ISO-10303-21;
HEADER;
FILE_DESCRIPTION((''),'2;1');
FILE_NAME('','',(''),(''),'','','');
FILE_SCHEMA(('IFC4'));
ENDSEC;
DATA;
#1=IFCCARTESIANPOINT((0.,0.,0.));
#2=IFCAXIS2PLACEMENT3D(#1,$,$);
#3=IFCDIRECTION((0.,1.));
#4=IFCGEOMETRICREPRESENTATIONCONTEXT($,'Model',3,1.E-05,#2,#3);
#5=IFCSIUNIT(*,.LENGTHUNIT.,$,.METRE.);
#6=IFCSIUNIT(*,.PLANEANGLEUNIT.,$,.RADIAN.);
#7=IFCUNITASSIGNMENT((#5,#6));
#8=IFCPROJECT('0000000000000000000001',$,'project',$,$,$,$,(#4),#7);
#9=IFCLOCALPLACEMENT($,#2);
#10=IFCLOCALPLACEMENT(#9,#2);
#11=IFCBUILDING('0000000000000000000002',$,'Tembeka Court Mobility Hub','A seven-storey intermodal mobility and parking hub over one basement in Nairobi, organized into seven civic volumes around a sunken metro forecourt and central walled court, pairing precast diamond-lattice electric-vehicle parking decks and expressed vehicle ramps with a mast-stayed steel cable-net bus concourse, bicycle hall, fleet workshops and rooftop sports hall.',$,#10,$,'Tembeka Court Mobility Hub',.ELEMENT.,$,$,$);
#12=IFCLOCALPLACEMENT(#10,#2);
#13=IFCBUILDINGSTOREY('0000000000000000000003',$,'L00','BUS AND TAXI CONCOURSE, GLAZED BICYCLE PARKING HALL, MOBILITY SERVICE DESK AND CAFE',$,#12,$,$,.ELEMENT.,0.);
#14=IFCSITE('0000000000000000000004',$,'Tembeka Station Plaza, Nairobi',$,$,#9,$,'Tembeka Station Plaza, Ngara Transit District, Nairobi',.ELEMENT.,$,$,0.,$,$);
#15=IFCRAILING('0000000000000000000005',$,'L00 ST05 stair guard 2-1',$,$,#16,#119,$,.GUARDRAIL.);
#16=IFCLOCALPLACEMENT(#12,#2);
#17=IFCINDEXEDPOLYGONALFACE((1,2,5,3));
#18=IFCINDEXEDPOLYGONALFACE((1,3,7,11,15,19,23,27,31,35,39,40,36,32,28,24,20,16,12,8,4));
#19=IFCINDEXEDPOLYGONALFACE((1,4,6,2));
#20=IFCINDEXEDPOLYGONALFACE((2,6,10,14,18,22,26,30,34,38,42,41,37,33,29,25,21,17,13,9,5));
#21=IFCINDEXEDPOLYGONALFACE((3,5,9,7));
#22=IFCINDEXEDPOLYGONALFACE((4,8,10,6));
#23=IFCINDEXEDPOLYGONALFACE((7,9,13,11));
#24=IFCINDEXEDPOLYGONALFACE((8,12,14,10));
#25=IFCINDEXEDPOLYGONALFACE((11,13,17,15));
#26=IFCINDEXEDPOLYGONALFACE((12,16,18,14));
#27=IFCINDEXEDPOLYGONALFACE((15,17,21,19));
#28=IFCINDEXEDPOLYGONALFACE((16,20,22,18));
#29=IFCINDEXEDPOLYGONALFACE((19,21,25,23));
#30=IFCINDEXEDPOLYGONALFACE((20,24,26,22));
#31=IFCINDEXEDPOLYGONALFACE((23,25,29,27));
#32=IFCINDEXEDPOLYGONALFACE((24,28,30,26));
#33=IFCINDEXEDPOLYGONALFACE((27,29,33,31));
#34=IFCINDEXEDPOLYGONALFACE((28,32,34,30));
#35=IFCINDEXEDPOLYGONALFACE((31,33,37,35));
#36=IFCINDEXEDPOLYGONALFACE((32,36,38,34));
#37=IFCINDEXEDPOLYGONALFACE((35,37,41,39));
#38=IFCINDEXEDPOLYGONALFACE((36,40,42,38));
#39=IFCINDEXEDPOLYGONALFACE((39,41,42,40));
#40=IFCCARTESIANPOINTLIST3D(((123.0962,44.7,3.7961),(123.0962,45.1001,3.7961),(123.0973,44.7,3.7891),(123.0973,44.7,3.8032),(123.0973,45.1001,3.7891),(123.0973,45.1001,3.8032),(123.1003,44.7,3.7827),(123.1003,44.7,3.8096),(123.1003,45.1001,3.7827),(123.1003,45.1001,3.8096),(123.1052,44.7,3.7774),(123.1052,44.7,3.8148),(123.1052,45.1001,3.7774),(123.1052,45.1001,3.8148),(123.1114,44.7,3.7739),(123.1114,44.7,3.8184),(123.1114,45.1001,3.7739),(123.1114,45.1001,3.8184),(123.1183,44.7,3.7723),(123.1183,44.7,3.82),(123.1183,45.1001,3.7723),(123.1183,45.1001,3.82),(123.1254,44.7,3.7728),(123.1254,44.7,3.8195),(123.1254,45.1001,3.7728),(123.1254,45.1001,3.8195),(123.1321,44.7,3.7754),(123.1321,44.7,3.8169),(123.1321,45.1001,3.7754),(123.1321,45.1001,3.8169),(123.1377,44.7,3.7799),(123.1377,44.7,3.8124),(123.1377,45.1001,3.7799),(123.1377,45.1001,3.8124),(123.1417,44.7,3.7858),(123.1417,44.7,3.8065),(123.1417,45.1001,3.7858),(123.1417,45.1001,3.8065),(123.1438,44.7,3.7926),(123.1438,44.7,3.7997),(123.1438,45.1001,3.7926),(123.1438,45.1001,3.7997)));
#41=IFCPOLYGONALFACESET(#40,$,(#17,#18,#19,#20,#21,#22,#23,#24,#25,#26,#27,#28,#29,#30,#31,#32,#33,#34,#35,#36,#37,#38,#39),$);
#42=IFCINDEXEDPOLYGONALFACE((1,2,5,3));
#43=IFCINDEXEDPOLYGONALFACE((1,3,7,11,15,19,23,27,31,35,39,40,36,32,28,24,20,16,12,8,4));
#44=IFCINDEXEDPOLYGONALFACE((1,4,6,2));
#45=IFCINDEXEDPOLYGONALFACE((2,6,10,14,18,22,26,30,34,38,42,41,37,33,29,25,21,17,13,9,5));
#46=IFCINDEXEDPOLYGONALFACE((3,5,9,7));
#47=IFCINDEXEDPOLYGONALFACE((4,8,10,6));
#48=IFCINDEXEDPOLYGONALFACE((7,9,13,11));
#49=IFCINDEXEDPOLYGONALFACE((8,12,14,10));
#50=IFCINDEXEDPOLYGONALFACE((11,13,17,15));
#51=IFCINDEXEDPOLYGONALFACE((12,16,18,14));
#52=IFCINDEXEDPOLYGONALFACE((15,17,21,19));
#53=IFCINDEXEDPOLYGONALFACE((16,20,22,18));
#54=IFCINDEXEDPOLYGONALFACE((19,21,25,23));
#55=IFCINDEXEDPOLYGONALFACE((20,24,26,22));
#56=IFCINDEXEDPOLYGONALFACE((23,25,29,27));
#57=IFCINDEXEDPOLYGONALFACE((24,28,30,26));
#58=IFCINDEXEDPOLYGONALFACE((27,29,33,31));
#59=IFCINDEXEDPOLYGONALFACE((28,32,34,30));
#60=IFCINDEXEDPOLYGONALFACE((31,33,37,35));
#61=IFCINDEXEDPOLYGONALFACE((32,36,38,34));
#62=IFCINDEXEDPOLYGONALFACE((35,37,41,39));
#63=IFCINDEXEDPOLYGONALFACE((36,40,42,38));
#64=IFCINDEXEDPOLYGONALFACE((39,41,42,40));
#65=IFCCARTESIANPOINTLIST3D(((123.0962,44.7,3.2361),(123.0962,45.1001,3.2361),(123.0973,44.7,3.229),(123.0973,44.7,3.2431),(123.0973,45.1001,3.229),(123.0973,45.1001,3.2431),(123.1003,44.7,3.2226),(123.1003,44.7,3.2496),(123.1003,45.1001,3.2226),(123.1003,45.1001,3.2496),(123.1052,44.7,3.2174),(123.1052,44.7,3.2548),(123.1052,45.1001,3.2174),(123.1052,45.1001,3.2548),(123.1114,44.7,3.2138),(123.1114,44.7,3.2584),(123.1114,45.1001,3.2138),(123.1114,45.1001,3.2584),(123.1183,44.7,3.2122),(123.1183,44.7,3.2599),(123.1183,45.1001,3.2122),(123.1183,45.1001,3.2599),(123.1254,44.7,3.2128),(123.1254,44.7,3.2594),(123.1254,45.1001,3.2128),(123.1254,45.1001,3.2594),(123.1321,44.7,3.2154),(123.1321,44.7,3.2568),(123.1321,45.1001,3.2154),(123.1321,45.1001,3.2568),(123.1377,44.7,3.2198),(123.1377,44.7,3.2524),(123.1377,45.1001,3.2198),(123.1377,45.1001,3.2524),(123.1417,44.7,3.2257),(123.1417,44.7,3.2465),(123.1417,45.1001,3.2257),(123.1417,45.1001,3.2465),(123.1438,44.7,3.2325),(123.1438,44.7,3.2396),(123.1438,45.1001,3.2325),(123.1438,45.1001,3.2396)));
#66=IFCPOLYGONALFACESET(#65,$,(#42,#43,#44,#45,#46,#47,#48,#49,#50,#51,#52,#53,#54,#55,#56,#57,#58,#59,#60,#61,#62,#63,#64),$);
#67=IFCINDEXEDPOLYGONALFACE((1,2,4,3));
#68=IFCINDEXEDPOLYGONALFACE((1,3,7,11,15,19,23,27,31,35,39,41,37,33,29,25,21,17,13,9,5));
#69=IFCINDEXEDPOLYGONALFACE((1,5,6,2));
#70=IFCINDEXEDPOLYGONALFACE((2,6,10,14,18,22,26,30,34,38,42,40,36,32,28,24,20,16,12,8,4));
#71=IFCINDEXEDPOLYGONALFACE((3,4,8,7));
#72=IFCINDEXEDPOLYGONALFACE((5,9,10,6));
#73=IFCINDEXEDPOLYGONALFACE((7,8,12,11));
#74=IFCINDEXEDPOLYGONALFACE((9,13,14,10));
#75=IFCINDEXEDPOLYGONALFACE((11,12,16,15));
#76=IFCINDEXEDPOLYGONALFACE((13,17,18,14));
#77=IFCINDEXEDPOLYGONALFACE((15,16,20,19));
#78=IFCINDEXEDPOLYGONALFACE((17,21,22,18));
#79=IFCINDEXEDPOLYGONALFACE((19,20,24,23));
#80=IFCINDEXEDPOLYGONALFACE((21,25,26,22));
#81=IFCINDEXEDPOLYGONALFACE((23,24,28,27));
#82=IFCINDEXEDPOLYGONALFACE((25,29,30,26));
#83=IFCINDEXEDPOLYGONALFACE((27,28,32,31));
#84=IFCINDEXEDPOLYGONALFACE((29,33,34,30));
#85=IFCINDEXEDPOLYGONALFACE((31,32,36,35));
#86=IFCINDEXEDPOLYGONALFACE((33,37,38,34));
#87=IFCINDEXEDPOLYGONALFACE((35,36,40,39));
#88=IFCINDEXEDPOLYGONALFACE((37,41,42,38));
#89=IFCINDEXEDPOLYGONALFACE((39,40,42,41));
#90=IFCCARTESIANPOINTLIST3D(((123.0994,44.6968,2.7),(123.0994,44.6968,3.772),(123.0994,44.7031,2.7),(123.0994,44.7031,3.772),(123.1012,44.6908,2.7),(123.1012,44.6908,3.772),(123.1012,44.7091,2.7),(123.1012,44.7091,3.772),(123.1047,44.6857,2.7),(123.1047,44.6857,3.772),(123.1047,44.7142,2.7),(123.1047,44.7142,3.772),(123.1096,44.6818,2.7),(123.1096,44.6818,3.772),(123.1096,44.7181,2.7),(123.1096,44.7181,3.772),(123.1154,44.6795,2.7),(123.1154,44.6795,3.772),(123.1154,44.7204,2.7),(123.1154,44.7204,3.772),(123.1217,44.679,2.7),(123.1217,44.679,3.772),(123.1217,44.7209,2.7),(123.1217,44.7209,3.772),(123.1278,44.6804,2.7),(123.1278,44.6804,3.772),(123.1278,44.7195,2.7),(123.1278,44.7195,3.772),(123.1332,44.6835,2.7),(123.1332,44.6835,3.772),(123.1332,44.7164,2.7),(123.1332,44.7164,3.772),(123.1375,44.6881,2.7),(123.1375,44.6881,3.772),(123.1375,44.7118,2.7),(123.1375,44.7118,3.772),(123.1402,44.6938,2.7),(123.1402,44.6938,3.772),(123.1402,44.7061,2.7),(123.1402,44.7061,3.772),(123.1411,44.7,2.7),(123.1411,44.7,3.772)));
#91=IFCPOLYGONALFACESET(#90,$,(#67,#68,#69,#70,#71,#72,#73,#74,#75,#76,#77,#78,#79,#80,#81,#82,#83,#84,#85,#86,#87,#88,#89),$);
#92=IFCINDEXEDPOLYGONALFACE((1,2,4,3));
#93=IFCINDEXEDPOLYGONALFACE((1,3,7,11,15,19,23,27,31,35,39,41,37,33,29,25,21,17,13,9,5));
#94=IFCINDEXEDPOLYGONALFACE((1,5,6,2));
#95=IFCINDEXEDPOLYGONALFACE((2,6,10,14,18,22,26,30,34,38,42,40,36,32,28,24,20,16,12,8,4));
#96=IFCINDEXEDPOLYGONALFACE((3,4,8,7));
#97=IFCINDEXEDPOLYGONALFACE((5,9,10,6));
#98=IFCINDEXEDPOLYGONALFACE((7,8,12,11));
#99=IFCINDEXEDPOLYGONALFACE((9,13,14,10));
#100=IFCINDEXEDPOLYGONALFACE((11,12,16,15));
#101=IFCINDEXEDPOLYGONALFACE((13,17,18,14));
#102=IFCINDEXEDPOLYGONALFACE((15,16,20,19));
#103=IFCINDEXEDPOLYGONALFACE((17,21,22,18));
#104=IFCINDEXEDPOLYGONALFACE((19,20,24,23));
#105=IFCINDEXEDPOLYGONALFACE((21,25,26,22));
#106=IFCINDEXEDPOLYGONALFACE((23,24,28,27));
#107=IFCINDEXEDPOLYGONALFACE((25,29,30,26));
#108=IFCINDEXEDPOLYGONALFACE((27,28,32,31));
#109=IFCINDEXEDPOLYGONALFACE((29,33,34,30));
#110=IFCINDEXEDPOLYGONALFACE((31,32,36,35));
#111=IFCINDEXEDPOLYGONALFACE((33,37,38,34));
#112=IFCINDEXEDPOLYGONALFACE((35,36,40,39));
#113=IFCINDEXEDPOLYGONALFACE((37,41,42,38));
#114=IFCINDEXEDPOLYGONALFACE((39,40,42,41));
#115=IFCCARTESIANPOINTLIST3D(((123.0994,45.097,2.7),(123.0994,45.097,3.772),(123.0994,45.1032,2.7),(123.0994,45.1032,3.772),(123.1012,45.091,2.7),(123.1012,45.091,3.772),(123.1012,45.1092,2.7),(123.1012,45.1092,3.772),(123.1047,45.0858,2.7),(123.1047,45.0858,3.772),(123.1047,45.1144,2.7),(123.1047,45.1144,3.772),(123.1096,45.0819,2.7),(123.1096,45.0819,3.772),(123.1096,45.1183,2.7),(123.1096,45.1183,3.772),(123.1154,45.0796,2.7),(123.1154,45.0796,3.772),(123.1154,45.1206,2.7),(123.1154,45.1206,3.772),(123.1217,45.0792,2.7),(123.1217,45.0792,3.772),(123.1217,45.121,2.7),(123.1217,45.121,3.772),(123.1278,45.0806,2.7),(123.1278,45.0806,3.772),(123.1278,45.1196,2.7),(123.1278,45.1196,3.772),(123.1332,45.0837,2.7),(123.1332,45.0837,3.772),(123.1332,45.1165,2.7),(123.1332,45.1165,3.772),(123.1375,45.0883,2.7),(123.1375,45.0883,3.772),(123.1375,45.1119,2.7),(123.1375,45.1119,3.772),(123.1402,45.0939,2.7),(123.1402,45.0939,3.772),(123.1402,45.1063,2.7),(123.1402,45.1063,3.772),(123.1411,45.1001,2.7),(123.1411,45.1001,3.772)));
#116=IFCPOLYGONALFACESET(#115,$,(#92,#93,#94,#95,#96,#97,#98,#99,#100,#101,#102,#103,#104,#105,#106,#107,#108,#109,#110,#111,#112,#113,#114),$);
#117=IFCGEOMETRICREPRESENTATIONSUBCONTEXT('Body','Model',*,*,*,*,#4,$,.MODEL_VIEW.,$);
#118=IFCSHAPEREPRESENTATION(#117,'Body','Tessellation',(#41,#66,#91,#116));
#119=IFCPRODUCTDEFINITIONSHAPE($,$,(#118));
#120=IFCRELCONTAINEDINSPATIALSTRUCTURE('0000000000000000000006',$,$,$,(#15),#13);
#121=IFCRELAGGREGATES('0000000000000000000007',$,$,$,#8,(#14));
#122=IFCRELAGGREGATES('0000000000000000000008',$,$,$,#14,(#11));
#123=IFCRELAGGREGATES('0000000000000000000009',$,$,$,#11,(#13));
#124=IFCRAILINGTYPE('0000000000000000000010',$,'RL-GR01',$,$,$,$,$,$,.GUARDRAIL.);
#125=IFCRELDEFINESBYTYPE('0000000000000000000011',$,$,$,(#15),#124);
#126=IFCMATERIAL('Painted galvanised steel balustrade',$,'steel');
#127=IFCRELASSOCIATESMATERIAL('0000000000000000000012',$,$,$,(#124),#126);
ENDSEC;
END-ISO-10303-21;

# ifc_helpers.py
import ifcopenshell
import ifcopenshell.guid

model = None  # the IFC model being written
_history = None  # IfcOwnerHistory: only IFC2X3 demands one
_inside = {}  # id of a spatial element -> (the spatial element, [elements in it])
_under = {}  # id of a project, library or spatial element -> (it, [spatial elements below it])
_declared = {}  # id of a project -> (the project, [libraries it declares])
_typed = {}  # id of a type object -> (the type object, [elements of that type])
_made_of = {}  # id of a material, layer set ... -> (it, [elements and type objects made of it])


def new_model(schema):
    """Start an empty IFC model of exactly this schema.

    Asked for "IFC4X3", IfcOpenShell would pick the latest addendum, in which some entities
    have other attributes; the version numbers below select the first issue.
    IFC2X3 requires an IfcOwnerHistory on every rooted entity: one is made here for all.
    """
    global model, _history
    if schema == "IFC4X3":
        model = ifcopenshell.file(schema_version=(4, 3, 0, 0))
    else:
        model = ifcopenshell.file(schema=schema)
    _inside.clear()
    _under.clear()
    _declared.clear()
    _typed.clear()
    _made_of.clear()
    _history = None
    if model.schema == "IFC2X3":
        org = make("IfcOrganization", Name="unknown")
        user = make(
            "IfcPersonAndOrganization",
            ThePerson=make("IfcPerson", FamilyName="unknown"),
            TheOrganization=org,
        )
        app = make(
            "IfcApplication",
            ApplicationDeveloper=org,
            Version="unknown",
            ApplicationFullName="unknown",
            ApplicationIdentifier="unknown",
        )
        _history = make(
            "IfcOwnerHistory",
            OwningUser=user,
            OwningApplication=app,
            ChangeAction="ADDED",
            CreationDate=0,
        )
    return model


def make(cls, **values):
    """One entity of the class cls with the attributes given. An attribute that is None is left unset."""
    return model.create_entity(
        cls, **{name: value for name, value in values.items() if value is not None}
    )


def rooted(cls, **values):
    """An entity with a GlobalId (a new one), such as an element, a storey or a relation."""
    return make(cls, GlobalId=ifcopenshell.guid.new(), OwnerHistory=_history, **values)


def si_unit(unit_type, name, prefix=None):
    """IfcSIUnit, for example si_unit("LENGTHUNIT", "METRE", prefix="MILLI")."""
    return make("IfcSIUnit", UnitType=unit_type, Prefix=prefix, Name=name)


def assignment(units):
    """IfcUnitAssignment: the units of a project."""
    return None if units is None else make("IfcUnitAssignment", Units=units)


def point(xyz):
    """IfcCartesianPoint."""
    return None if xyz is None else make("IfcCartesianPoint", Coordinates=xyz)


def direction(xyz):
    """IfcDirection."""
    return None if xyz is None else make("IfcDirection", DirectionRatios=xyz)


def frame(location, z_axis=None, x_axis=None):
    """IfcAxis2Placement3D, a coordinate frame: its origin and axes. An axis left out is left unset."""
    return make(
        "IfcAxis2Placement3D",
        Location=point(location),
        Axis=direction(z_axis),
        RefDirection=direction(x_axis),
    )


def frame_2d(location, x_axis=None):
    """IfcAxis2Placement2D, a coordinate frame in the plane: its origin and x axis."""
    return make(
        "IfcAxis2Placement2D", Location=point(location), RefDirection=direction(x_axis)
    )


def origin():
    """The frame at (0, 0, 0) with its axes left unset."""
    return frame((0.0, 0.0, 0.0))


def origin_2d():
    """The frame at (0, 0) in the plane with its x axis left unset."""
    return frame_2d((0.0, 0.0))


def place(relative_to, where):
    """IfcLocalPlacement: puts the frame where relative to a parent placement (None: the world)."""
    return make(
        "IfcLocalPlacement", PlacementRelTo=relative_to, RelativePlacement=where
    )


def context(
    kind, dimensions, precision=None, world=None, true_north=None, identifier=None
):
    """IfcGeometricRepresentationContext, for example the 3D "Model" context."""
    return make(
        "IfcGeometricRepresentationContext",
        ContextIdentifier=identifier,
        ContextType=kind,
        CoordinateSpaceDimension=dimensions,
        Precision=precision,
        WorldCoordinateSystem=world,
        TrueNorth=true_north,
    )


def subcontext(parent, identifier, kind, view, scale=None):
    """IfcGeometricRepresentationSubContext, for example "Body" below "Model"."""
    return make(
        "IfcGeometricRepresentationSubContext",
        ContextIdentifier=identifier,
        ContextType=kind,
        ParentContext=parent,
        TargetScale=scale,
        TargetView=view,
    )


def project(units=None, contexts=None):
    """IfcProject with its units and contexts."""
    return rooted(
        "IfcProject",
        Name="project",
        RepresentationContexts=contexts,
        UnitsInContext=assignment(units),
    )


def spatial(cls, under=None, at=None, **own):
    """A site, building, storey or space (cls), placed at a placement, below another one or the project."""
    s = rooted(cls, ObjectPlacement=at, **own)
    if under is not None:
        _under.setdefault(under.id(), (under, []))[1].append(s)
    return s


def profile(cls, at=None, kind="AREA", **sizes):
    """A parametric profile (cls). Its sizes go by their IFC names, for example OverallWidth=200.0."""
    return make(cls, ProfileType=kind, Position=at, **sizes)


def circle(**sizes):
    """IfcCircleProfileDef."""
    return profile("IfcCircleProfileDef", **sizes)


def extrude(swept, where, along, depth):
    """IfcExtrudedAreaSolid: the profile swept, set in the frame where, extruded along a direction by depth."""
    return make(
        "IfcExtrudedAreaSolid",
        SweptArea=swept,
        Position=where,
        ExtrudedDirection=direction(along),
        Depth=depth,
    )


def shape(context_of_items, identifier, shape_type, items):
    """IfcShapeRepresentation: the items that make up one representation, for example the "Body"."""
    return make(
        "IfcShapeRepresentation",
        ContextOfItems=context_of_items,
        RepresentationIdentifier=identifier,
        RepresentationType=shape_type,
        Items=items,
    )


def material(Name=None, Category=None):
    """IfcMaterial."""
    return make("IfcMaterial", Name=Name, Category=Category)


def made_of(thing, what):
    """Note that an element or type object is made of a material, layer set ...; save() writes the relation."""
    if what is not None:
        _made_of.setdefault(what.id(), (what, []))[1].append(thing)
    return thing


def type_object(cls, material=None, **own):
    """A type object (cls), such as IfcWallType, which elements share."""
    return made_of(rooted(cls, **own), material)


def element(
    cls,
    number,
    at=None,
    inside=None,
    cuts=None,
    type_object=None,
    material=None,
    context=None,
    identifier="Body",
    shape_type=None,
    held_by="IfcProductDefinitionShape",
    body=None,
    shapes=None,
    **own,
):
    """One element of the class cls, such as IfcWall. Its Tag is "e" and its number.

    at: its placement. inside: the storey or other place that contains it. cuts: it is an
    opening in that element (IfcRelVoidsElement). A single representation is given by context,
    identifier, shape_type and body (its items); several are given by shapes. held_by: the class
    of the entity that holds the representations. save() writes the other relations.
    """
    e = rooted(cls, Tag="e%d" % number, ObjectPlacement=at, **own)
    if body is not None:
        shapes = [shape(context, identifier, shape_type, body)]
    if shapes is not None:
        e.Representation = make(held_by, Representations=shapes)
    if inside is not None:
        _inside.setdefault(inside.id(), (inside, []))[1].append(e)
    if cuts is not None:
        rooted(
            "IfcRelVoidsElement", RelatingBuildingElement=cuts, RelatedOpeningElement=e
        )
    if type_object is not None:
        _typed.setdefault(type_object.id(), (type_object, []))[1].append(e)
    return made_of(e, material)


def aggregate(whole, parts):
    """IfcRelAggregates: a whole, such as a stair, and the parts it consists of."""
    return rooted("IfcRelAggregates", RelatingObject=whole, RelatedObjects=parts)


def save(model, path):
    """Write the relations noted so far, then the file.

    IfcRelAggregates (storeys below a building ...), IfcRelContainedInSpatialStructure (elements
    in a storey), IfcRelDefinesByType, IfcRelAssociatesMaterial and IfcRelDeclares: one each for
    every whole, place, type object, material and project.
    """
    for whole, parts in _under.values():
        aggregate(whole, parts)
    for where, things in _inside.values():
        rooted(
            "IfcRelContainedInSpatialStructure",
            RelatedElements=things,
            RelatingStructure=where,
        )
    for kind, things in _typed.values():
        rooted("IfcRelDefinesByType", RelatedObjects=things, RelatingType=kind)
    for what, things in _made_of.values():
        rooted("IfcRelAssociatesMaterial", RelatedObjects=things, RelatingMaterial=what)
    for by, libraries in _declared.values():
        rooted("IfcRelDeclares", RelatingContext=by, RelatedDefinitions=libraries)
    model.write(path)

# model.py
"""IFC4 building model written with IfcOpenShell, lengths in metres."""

from ifc_helpers import new_model, si_unit, direction, frame, origin, origin_2d, place, context, subcontext, project, spatial, circle, extrude, material, type_object, element, save


model = new_model("IFC4")

# Units and contexts
model_context = context("Model", 3, precision=1e-05, world=origin(), true_north=direction((0.0, 1.0)))
body_context = subcontext(model_context, "Body", "Model", "MODEL_VIEW")
ifc_project = project(units=[si_unit("LENGTHUNIT", "METRE"), si_unit("PLANEANGLEUNIT", "RADIAN")], contexts=[model_context])

# Site, building, storey
site_placement = place(None, origin())
site = spatial("IfcSite", under=ifc_project, at=site_placement, Name="Tembeka Station Plaza, Nairobi", LongName="Tembeka Station Plaza, Ngara Transit District, Nairobi", CompositionType="ELEMENT", RefElevation=0.0)
building_placement = place(site_placement, origin())
building = spatial("IfcBuilding", under=site, at=building_placement, Name="Tembeka Court Mobility Hub", Description="A seven-storey intermodal mobility and parking hub over one basement in Nairobi, organized into seven civic volumes around a sunken metro forecourt and central walled court, pairing precast diamond-lattice electric-vehicle parking decks and expressed vehicle ramps with a mast-stayed steel cable-net bus concourse, bicycle hall, fleet workshops and rooftop sports hall.", LongName="Tembeka Court Mobility Hub", CompositionType="ELEMENT")
storey_placement = place(building_placement, origin())
storey = spatial("IfcBuildingStorey", under=building, at=storey_placement, Name="L00", Description="BUS AND TAXI CONCOURSE, GLAZED BICYCLE PARKING HALL, MOBILITY SERVICE DESK AND CAFE", CompositionType="ELEMENT", Elevation=0.0)

# Railing
ifc_material_1 = material(Name="Painted galvanised steel balustrade", Category="steel")
railing_type_1 = type_object("IfcRailingType", Name="RL-GR01", PredefinedType="GUARDRAIL", material=ifc_material_1)
railing_1_placement = place(storey_placement, frame((123.1201, 44.7, 2.7)))
element("IfcRailing", 1, at=railing_1_placement, inside=storey, type_object=railing_type_1, Name="L00 ST05 stair guard 2-1", PredefinedType="GUARDRAIL", context=body_context, shape_type="SweptSolid", body=[
    extrude(circle(Radius=0.0239, at=origin_2d()), frame((0.0, 0.0, 1.0962), z_axis=(0.0, 1.0, 0.0), x_axis=(-1.0, 0.0, 0.0)), (0.0, 0.0, 1.0), 0.4001),
    extrude(circle(Radius=0.0239, at=origin_2d()), frame((0.0, 0.0, 0.5361), z_axis=(0.0, 1.0, 0.0), x_axis=(-1.0, 0.0, 0.0)), (0.0, 0.0, 1.0), 0.4001),
    extrude(circle(Radius=0.021, at=origin_2d()), origin(), (0.0, 0.0, 1.0), 1.072),
    extrude(circle(Radius=0.021, at=origin_2d()), frame((0.0, 0.4001, 0.0)), (0.0, 0.0, 1.0), 1.072),
])

save(model, "model.ifc")
